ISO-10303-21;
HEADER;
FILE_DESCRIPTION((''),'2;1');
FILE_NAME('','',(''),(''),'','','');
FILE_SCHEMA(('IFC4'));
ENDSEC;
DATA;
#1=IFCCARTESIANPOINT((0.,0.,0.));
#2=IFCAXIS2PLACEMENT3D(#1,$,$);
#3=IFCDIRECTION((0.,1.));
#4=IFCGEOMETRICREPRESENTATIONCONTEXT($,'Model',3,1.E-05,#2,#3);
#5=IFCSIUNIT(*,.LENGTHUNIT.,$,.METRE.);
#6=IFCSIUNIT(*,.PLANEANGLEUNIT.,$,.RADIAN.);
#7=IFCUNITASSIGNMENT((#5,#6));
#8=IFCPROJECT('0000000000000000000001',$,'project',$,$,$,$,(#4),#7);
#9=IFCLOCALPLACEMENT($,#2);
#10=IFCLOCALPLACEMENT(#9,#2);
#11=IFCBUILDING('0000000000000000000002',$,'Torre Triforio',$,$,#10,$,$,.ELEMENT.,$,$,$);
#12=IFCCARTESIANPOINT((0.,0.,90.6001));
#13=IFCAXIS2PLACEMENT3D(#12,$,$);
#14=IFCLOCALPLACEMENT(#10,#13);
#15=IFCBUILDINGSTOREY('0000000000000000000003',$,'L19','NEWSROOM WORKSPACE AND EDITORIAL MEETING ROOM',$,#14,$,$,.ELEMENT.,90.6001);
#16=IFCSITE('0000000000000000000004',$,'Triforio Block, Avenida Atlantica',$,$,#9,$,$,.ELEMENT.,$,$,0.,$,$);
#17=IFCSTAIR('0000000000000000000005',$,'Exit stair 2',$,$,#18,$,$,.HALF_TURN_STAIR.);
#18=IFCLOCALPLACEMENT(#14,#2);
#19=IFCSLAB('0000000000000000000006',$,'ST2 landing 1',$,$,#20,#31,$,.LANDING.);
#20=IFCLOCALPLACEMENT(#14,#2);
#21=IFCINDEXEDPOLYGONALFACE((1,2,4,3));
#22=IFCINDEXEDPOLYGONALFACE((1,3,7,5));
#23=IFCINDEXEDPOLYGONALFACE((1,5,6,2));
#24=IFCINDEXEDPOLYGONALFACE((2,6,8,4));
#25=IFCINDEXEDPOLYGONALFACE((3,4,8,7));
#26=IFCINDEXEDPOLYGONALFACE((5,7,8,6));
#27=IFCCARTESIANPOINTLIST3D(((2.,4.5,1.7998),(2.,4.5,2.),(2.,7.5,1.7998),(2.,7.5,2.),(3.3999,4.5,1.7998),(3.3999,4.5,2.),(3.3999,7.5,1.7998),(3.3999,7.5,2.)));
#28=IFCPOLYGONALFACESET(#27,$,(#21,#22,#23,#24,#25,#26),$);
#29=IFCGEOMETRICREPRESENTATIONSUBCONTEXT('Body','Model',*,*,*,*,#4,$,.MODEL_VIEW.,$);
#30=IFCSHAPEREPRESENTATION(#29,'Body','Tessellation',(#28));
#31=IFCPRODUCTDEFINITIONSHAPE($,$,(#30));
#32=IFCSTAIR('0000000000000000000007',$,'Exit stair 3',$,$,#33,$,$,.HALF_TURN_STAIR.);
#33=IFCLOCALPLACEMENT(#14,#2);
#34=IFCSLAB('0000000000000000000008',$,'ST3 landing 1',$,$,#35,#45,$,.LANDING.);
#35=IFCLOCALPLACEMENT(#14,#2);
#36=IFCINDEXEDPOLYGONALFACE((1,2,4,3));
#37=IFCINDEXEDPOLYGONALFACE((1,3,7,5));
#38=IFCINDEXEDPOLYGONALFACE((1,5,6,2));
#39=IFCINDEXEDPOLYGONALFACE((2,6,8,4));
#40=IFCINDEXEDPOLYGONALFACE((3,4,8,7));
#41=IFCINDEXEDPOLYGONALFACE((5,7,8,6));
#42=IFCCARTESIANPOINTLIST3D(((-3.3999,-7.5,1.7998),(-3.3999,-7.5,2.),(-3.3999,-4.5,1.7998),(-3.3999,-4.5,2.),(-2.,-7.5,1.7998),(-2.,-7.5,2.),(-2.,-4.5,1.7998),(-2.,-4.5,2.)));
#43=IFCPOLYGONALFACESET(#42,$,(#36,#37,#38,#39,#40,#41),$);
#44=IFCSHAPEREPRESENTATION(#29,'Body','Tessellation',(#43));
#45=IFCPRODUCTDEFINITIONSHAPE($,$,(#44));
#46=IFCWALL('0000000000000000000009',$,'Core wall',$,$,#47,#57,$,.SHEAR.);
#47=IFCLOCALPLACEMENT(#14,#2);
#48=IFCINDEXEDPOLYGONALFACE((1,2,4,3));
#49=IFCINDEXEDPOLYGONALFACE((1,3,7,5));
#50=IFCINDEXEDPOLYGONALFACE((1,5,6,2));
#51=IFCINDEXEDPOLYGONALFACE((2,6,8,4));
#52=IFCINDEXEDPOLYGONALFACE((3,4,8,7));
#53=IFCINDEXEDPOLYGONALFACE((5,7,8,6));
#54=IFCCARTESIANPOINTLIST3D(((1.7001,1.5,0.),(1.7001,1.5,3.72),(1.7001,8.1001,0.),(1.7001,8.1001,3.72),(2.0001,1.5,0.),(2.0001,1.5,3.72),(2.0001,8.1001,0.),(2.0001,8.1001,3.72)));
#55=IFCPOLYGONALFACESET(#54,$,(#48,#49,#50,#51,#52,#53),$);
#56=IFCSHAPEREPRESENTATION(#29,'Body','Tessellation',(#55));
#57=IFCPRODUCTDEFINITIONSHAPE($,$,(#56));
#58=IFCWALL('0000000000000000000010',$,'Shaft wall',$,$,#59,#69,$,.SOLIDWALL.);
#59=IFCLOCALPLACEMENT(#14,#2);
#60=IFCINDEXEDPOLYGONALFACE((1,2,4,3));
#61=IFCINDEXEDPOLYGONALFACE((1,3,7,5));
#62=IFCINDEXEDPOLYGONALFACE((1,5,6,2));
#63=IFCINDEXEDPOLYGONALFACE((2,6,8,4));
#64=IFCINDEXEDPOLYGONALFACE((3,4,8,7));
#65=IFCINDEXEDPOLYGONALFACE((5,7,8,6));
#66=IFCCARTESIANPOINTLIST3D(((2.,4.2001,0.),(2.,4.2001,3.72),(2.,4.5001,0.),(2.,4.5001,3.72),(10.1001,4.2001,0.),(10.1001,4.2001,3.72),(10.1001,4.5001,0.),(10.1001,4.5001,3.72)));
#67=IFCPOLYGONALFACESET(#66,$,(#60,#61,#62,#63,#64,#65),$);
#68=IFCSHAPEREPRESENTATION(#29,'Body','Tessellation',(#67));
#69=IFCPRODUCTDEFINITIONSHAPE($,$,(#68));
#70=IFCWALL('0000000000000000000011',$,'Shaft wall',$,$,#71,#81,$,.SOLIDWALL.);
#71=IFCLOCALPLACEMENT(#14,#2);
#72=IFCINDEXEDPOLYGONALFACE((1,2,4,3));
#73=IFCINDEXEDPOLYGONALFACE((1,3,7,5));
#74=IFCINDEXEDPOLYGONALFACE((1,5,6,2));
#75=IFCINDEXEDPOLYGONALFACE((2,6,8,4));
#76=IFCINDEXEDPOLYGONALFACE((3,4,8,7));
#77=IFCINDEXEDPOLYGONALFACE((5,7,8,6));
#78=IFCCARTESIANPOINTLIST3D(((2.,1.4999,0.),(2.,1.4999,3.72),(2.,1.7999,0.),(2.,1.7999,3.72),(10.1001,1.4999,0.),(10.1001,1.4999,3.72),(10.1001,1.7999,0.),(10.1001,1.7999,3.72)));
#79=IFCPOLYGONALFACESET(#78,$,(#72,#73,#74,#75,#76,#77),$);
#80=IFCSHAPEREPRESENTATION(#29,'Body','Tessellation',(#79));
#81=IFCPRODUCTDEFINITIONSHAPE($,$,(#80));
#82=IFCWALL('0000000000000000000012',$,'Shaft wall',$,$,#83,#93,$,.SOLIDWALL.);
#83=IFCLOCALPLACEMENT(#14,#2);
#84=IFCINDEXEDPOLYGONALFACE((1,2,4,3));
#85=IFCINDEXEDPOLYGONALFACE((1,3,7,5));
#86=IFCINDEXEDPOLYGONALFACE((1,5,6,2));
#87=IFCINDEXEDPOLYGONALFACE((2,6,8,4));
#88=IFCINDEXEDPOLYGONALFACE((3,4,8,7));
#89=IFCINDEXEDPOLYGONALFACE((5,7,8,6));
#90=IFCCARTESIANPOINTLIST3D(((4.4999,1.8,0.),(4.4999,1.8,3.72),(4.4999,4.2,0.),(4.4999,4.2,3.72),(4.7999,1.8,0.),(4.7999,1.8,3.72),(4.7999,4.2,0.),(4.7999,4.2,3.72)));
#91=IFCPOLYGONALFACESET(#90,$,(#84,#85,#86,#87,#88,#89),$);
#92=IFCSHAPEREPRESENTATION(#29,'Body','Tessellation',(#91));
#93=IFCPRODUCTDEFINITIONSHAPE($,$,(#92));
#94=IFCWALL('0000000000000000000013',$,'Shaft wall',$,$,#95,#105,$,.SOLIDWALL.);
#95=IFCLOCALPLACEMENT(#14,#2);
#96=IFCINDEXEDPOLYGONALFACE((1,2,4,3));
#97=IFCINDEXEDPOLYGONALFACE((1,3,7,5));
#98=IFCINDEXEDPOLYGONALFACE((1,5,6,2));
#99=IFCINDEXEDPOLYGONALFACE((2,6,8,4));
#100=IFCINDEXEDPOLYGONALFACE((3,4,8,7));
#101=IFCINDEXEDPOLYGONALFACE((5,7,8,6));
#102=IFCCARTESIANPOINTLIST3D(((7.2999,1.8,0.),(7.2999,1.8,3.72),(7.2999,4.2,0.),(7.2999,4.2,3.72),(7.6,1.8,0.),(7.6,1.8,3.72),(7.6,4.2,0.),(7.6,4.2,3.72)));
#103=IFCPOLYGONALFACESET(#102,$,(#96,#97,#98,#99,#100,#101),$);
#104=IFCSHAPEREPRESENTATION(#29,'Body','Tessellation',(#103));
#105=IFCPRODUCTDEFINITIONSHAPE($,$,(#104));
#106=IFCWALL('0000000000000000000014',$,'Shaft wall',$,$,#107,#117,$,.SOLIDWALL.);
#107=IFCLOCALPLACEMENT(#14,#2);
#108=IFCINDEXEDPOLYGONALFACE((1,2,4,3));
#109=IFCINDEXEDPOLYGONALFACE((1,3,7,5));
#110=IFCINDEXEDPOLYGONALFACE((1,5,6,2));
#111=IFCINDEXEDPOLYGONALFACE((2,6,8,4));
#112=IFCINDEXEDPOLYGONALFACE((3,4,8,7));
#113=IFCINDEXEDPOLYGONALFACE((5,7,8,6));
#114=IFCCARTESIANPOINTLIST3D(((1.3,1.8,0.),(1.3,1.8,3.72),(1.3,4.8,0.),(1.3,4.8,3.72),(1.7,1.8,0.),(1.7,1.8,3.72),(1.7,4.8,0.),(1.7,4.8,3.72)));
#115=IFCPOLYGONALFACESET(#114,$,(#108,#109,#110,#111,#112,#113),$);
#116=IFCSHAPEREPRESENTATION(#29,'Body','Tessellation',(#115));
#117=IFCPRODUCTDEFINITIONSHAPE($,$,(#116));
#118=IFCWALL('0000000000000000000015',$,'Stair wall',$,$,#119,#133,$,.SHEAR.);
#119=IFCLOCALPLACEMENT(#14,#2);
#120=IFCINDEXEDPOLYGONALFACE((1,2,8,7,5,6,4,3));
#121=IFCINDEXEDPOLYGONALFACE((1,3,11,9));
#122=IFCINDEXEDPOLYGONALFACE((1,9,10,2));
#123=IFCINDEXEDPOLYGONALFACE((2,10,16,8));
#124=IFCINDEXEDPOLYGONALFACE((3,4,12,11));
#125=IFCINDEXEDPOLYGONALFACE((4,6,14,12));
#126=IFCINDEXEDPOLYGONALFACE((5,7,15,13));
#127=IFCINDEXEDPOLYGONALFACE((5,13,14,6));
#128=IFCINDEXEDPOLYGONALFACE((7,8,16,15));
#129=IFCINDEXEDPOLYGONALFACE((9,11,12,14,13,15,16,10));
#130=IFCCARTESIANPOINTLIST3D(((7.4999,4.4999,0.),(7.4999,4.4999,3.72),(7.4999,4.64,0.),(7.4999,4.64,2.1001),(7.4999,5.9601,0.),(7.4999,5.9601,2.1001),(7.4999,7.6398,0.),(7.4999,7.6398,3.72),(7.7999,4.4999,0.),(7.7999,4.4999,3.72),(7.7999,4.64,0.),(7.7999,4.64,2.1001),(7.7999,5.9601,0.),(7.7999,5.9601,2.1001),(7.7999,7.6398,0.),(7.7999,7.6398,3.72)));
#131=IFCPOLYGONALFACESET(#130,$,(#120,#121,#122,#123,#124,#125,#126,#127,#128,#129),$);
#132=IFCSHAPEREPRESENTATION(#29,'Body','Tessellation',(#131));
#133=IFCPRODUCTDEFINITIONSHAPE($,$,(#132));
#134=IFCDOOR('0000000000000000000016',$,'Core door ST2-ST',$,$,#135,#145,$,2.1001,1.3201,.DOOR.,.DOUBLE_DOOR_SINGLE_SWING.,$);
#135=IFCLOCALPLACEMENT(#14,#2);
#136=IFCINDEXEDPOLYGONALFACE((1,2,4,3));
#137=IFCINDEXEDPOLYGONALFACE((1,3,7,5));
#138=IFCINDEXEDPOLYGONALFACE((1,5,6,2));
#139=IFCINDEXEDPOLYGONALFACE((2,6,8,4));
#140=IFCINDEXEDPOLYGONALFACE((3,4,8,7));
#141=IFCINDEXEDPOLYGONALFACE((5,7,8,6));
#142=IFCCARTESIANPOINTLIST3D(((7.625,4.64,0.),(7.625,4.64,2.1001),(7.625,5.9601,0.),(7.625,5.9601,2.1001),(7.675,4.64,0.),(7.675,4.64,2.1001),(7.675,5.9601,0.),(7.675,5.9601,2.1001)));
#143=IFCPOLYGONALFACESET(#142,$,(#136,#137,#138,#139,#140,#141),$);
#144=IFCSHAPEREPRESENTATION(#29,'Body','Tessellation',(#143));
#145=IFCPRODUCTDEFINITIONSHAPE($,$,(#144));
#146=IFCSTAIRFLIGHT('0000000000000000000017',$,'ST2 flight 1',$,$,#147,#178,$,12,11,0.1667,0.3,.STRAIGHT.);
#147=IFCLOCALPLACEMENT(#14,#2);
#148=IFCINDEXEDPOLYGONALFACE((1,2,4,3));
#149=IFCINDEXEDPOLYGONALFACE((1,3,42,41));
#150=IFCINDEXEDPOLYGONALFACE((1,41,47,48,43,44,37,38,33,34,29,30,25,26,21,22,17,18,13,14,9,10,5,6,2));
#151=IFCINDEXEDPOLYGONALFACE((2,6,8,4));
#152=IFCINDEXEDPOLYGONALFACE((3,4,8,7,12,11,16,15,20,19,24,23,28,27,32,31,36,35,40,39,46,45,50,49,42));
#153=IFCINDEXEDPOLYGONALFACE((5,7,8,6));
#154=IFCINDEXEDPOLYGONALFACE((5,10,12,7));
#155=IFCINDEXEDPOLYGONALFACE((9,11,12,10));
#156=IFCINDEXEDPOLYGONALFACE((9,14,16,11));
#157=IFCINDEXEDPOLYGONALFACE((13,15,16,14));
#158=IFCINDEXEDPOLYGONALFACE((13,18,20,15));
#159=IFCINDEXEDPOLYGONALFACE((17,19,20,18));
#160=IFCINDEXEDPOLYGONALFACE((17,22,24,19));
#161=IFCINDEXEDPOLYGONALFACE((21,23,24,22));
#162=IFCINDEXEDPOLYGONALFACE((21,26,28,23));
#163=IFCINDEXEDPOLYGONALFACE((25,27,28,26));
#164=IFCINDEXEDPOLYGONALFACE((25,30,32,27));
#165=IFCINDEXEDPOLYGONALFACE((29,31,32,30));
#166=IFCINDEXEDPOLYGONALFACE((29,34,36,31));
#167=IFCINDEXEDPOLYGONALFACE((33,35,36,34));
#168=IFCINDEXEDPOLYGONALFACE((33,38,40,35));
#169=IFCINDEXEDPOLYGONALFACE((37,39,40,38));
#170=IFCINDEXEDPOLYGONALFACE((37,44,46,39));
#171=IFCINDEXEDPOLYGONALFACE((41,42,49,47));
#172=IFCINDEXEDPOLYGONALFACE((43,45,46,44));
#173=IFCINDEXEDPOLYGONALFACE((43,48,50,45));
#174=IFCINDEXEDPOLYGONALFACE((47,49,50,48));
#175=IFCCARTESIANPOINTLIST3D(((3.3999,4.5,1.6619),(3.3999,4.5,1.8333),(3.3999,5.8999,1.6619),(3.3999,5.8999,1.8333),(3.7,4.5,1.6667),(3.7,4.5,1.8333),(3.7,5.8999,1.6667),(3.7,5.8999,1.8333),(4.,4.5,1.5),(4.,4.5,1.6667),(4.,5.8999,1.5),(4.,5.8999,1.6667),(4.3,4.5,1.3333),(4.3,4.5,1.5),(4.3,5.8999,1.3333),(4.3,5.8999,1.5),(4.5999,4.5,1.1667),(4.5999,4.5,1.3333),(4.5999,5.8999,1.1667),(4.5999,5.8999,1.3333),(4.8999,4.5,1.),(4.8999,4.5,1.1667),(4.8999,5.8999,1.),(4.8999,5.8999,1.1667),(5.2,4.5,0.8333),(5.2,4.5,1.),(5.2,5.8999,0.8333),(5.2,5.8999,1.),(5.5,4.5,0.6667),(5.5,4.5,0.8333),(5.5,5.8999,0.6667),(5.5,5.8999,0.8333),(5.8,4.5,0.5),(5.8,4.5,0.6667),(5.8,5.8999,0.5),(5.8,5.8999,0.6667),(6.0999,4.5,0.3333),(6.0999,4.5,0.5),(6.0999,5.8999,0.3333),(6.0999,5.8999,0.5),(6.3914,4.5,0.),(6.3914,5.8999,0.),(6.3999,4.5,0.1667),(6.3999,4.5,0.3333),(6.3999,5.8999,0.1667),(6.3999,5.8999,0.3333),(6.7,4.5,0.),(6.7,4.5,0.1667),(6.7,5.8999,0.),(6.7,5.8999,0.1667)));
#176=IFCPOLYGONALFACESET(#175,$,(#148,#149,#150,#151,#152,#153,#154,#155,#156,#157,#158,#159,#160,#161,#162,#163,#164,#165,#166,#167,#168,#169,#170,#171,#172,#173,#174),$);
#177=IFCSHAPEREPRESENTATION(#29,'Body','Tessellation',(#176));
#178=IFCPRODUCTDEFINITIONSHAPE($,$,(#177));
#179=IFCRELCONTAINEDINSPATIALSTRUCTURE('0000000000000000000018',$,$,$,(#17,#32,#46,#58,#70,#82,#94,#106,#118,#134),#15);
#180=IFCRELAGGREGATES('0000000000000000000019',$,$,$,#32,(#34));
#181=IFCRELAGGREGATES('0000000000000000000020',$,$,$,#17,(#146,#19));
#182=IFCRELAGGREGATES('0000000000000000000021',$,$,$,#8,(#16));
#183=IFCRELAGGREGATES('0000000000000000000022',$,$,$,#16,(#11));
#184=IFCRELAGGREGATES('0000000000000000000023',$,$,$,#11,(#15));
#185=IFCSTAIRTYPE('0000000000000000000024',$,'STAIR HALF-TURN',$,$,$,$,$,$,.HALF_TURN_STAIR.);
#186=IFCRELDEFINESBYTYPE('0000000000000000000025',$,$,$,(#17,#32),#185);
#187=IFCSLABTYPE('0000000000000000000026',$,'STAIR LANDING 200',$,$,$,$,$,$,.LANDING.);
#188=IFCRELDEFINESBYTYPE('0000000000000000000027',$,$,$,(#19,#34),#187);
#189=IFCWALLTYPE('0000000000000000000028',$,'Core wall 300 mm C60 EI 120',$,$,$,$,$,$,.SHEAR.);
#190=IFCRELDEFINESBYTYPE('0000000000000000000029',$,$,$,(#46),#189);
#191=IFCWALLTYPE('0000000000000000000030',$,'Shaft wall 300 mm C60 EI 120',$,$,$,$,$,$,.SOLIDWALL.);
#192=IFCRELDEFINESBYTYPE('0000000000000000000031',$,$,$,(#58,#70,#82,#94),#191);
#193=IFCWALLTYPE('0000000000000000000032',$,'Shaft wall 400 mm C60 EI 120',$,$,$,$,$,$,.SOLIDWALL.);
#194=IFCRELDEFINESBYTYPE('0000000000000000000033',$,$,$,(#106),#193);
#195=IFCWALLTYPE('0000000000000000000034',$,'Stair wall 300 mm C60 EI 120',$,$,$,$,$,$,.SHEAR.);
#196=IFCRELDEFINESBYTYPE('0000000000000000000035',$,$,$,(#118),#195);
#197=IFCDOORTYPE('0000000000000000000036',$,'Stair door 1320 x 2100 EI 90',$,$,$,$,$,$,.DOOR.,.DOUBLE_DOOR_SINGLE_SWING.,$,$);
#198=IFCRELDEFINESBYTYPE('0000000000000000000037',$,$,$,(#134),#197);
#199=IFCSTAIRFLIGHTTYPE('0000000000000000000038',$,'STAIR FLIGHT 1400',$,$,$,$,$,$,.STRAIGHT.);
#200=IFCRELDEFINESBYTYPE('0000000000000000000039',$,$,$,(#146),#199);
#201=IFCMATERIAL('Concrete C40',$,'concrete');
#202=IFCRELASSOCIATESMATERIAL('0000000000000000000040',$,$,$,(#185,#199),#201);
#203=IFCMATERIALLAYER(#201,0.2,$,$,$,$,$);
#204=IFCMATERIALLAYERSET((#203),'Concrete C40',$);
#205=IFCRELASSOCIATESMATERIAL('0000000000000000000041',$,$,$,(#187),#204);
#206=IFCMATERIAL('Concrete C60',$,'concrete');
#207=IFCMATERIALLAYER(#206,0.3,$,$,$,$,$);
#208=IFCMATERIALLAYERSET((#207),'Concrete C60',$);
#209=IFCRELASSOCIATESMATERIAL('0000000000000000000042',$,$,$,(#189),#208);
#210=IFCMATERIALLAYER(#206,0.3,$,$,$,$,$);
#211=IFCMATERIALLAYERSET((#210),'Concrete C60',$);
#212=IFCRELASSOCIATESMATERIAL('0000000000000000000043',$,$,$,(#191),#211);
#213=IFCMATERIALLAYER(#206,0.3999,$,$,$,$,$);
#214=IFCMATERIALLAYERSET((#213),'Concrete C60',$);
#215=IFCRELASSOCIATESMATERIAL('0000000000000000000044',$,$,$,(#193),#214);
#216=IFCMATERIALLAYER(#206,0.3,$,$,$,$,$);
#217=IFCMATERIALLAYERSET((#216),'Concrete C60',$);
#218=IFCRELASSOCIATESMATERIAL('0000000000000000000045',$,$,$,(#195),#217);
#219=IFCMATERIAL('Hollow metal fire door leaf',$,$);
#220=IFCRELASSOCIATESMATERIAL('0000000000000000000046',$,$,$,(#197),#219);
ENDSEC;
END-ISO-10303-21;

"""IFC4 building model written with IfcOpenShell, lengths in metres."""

from ifc_helpers import new_model, si_unit, direction, frame, frame_2d, origin, place, context, subcontext, project, spatial, polyline, rectangle, outline, extrude, material, layer, layer_set, type_object, element, fill, aggregate, save


model = new_model("IFC4")

# Units and contexts
model_context = context("Model", 3, precision=1e-05, world=origin(), true_north=direction((0.0, 1.0)))
body_context = subcontext(model_context, "Body", "Model", "MODEL_VIEW")
ifc_project = project(units=[si_unit("LENGTHUNIT", "METRE"), si_unit("PLANEANGLEUNIT", "RADIAN")], contexts=[model_context])

# Site, building, storey
site_placement = place(None, origin())
site = spatial("IfcSite", under=ifc_project, at=site_placement, Name="Triforio Block, Avenida Atlantica", CompositionType="ELEMENT", RefElevation=0.0)
building_placement = place(site_placement, origin())
building = spatial("IfcBuilding", under=site, at=building_placement, Name="Torre Triforio", CompositionType="ELEMENT")
storey_placement = place(building_placement, frame((0.0, 0.0, 90.6001)))
storey = spatial("IfcBuildingStorey", under=building, at=storey_placement, Name="L19", Description="NEWSROOM WORKSPACE AND EDITORIAL MEETING ROOM", CompositionType="ELEMENT", Elevation=90.6001)

# Stairs, slabs
ifc_material_1 = material(Name="Concrete C40", Category="concrete")
stair_type = type_object("IfcStairType", Name="STAIR HALF-TURN", PredefinedType="HALF_TURN_STAIR", material=ifc_material_1)
stair_1_placement = place(storey_placement, origin())
stair_1 = element("IfcStair", 1, at=stair_1_placement, inside=storey, type_object=stair_type, Name="Exit stair 2", PredefinedType="HALF_TURN_STAIR")
ifc_layer_1 = layer(ifc_material_1, 0.2)
ifc_layer_set_1 = layer_set([ifc_layer_1], Name="Concrete C40")
slab_type = type_object("IfcSlabType", Name="STAIR LANDING 200", PredefinedType="LANDING", material=ifc_layer_set_1)
slab_1_placement = place(storey_placement, frame((0.0, 0.0, 1.7998)))
slab_1 = element("IfcSlab", 2, at=slab_1_placement, type_object=slab_type, Name="ST2 landing 1", PredefinedType="LANDING", context=body_context, shape_type="SweptSolid", body=[
    extrude(outline(polyline([(3.3999, 4.5), (3.3999, 7.5), (2.0, 7.5), (2.0, 4.5), (3.3999, 4.5)])), origin(), (0.0, 0.0, 1.0), 0.2002),
])
stair_2_placement = place(storey_placement, origin())
stair_2 = element("IfcStair", 3, at=stair_2_placement, inside=storey, type_object=stair_type, Name="Exit stair 3", PredefinedType="HALF_TURN_STAIR")
slab_2_placement = place(storey_placement, frame((0.0, 0.0, 1.7998)))
slab_2 = element("IfcSlab", 4, at=slab_2_placement, type_object=slab_type, Name="ST3 landing 1", PredefinedType="LANDING", context=body_context, shape_type="SweptSolid", body=[
    extrude(outline(polyline([(-2.0, -7.5), (-2.0, -4.5), (-3.3999, -4.5), (-3.3999, -7.5), (-2.0, -7.5)])), origin(), (0.0, 0.0, 1.0), 0.2002),
])
aggregate(stair_2, [slab_2])

# Walls
ifc_material_2 = material(Name="Concrete C60", Category="concrete")
ifc_layer_2 = layer(ifc_material_2, 0.3)
ifc_layer_set_2 = layer_set([ifc_layer_2], Name="Concrete C60")
wall_type_1 = type_object("IfcWallType", Name="Core wall 300 mm C60 EI 120", PredefinedType="SHEAR", material=ifc_layer_set_2)
wall_1_placement = place(storey_placement, frame((1.8501, 1.5, 0.0), z_axis=(0.0, 0.0, 1.0), x_axis=(0.0, 1.0, 0.0)))
element("IfcWall", 5, at=wall_1_placement, inside=storey, type_object=wall_type_1, Name="Core wall", PredefinedType="SHEAR", context=body_context, shape_type="SweptSolid", body=[
    extrude(rectangle(XDim=6.6001, YDim=0.3, at=frame_2d((3.3, 0.0))), origin(), (0.0, 0.0, 1.0), 3.72),
])
ifc_layer_3 = layer(ifc_material_2, 0.3)
ifc_layer_set_3 = layer_set([ifc_layer_3], Name="Concrete C60")
wall_type_2 = type_object("IfcWallType", Name="Shaft wall 300 mm C60 EI 120", PredefinedType="SOLIDWALL", material=ifc_layer_set_3)
for number, where, z_axis, x_axis, name in (
    (6, (2.0, 4.3501, 0.0), (0.0, 0.0, 1.0), (1.0, 0.0, 0.0), "Shaft wall"),
    (7, (2.0, 1.6499, 0.0), (0.0, 0.0, 1.0), (1.0, 0.0, 0.0), "Shaft wall"),
):
    element("IfcWall", number, at=place(storey_placement, frame(where, z_axis=z_axis, x_axis=x_axis)), inside=storey, type_object=wall_type_2, Name=name, PredefinedType="SOLIDWALL", context=body_context, shape_type="SweptSolid", body=[
        extrude(rectangle(XDim=8.1001, YDim=0.3, at=frame_2d((4.05, 0.0))), origin(), (0.0, 0.0, 1.0), 3.72),
    ])
for number, where, z_axis, x_axis, name in (
    (8, (4.6499, 1.8, 0.0), (0.0, 0.0, 1.0), (0.0, 1.0, 0.0), "Shaft wall"),
    (9, (7.45, 1.8, 0.0), (0.0, 0.0, 1.0), (0.0, 1.0, 0.0), "Shaft wall"),
):
    element("IfcWall", number, at=place(storey_placement, frame(where, z_axis=z_axis, x_axis=x_axis)), inside=storey, type_object=wall_type_2, Name=name, PredefinedType="SOLIDWALL", context=body_context, shape_type="SweptSolid", body=[
        extrude(rectangle(XDim=2.3999, YDim=0.3, at=frame_2d((1.2, 0.0))), origin(), (0.0, 0.0, 1.0), 3.72),
    ])
ifc_layer_4 = layer(ifc_material_2, 0.3999)
ifc_layer_set_4 = layer_set([ifc_layer_4], Name="Concrete C60")
wall_type_3 = type_object("IfcWallType", Name="Shaft wall 400 mm C60 EI 120", PredefinedType="SOLIDWALL", material=ifc_layer_set_4)
wall_2_placement = place(storey_placement, frame((1.5, 1.8, 0.0), z_axis=(0.0, 0.0, 1.0), x_axis=(0.0, 1.0, 0.0)))
element("IfcWall", 10, at=wall_2_placement, inside=storey, type_object=wall_type_3, Name="Shaft wall", PredefinedType="SOLIDWALL", context=body_context, shape_type="SweptSolid", body=[
    extrude(rectangle(XDim=3.0, YDim=0.3999, at=frame_2d((1.5, 0.0))), origin(), (0.0, 0.0, 1.0), 3.72),
])

# Wall, opening, door
ifc_layer_5 = layer(ifc_material_2, 0.3)
ifc_layer_set_5 = layer_set([ifc_layer_5], Name="Concrete C60")
wall_type_4 = type_object("IfcWallType", Name="Stair wall 300 mm C60 EI 120", PredefinedType="SHEAR", material=ifc_layer_set_5)
wall_3_placement = place(storey_placement, frame((7.6499, 4.5, 0.0), z_axis=(0.0, 0.0, 1.0), x_axis=(0.0, 1.0, 0.0)))
wall_3 = element("IfcWall", 11, at=wall_3_placement, inside=storey, type_object=wall_type_4, Name="Stair wall", PredefinedType="SHEAR", context=body_context, shape_type="SweptSolid", body=[
    extrude(rectangle(XDim=3.1399, YDim=0.3, at=frame_2d((1.5698, 0.0))), origin(), (0.0, 0.0, 1.0), 3.72),
])
opening_placement = place(wall_3_placement, frame((0.1399, 0.0, 0.0)))
opening = element("IfcOpeningElement", 12, at=opening_placement, cuts=wall_3, PredefinedType="OPENING", context=body_context, shape_type="SweptSolid", body=[
    extrude(rectangle(XDim=1.3201, YDim=2.1001, at=frame_2d((0.6602, 1.05))), frame((0.0, 0.1599, 0.0), z_axis=(0.0, -1.0, 0.0), x_axis=(1.0, 0.0, 0.0)), (0.0, 0.0, 1.0), 0.3201),
])
ifc_material_3 = material(Name="Hollow metal fire door leaf")
door_type = type_object("IfcDoorType", Name="Stair door 1320 x 2100 EI 90", OperationType="DOUBLE_DOOR_SINGLE_SWING", PredefinedType="DOOR", material=ifc_material_3)
door_placement = place(opening_placement, origin())
door = element("IfcDoor", 13, at=door_placement, inside=storey, type_object=door_type, Name="Core door ST2-ST", OperationType="DOUBLE_DOOR_SINGLE_SWING", OverallHeight=2.1001, OverallWidth=1.3201, PredefinedType="DOOR", context=body_context, shape_type="SweptSolid", body=[
    extrude(rectangle(XDim=1.3201, YDim=2.1001, at=frame_2d((0.6602, 1.05))), frame((0.0, 0.0249, 0.0), z_axis=(0.0, -1.0, 0.0), x_axis=(1.0, 0.0, 0.0)), (0.0, 0.0, 1.0), 0.05),
])
fill(opening, door)

# Stair flight
stair_flight_type = type_object("IfcStairFlightType", Name="STAIR FLIGHT 1400", PredefinedType="STRAIGHT", material=ifc_material_1)
stair_flight_1_placement = place(storey_placement, frame((6.7, 5.2, 0.0), z_axis=(0.0, 0.0, 1.0), x_axis=(-1.0, 0.0, 0.0)))
stair_flight_1 = element("IfcStairFlight", 14, at=stair_flight_1_placement, type_object=stair_flight_type, Name="ST2 flight 1", NumberOfRisers=12, NumberOfTreads=11, PredefinedType="STRAIGHT", RiserHeight=0.1667, TreadLength=0.3, context=body_context, shape_type="SweptSolid", body=[
    extrude(outline(polyline([(0.0, 0.0), (0.0, 0.1667), (0.3, 0.1667), (0.3, 0.3333), (0.6001, 0.3333), (0.6001, 0.5), (0.8999, 0.5), (0.8999, 0.6667), (1.2, 0.6667), (1.2, 0.8333), (1.5, 0.8333), (1.5, 1.0), (1.8, 1.0), (1.8, 1.1667), (2.1001, 1.1667), (2.1001, 1.3333), (2.3999, 1.3333), (2.3999, 1.5), (2.7, 1.5), (2.7, 1.6667), (3.0, 1.6667), (3.0, 1.8333), (3.3, 1.8333), (3.3, 2.0), (3.3, 1.6619), (0.3086, 0.0), (0.0, 0.0)])), frame((0.0, 0.7, 0.0), z_axis=(0.0, -1.0, 0.0), x_axis=(1.0, 0.0, 0.0)), (0.0, 0.0, 1.0), 1.3999),
])
aggregate(stair_1, [stair_flight_1, slab_1])

save(model, "model.ifc")
